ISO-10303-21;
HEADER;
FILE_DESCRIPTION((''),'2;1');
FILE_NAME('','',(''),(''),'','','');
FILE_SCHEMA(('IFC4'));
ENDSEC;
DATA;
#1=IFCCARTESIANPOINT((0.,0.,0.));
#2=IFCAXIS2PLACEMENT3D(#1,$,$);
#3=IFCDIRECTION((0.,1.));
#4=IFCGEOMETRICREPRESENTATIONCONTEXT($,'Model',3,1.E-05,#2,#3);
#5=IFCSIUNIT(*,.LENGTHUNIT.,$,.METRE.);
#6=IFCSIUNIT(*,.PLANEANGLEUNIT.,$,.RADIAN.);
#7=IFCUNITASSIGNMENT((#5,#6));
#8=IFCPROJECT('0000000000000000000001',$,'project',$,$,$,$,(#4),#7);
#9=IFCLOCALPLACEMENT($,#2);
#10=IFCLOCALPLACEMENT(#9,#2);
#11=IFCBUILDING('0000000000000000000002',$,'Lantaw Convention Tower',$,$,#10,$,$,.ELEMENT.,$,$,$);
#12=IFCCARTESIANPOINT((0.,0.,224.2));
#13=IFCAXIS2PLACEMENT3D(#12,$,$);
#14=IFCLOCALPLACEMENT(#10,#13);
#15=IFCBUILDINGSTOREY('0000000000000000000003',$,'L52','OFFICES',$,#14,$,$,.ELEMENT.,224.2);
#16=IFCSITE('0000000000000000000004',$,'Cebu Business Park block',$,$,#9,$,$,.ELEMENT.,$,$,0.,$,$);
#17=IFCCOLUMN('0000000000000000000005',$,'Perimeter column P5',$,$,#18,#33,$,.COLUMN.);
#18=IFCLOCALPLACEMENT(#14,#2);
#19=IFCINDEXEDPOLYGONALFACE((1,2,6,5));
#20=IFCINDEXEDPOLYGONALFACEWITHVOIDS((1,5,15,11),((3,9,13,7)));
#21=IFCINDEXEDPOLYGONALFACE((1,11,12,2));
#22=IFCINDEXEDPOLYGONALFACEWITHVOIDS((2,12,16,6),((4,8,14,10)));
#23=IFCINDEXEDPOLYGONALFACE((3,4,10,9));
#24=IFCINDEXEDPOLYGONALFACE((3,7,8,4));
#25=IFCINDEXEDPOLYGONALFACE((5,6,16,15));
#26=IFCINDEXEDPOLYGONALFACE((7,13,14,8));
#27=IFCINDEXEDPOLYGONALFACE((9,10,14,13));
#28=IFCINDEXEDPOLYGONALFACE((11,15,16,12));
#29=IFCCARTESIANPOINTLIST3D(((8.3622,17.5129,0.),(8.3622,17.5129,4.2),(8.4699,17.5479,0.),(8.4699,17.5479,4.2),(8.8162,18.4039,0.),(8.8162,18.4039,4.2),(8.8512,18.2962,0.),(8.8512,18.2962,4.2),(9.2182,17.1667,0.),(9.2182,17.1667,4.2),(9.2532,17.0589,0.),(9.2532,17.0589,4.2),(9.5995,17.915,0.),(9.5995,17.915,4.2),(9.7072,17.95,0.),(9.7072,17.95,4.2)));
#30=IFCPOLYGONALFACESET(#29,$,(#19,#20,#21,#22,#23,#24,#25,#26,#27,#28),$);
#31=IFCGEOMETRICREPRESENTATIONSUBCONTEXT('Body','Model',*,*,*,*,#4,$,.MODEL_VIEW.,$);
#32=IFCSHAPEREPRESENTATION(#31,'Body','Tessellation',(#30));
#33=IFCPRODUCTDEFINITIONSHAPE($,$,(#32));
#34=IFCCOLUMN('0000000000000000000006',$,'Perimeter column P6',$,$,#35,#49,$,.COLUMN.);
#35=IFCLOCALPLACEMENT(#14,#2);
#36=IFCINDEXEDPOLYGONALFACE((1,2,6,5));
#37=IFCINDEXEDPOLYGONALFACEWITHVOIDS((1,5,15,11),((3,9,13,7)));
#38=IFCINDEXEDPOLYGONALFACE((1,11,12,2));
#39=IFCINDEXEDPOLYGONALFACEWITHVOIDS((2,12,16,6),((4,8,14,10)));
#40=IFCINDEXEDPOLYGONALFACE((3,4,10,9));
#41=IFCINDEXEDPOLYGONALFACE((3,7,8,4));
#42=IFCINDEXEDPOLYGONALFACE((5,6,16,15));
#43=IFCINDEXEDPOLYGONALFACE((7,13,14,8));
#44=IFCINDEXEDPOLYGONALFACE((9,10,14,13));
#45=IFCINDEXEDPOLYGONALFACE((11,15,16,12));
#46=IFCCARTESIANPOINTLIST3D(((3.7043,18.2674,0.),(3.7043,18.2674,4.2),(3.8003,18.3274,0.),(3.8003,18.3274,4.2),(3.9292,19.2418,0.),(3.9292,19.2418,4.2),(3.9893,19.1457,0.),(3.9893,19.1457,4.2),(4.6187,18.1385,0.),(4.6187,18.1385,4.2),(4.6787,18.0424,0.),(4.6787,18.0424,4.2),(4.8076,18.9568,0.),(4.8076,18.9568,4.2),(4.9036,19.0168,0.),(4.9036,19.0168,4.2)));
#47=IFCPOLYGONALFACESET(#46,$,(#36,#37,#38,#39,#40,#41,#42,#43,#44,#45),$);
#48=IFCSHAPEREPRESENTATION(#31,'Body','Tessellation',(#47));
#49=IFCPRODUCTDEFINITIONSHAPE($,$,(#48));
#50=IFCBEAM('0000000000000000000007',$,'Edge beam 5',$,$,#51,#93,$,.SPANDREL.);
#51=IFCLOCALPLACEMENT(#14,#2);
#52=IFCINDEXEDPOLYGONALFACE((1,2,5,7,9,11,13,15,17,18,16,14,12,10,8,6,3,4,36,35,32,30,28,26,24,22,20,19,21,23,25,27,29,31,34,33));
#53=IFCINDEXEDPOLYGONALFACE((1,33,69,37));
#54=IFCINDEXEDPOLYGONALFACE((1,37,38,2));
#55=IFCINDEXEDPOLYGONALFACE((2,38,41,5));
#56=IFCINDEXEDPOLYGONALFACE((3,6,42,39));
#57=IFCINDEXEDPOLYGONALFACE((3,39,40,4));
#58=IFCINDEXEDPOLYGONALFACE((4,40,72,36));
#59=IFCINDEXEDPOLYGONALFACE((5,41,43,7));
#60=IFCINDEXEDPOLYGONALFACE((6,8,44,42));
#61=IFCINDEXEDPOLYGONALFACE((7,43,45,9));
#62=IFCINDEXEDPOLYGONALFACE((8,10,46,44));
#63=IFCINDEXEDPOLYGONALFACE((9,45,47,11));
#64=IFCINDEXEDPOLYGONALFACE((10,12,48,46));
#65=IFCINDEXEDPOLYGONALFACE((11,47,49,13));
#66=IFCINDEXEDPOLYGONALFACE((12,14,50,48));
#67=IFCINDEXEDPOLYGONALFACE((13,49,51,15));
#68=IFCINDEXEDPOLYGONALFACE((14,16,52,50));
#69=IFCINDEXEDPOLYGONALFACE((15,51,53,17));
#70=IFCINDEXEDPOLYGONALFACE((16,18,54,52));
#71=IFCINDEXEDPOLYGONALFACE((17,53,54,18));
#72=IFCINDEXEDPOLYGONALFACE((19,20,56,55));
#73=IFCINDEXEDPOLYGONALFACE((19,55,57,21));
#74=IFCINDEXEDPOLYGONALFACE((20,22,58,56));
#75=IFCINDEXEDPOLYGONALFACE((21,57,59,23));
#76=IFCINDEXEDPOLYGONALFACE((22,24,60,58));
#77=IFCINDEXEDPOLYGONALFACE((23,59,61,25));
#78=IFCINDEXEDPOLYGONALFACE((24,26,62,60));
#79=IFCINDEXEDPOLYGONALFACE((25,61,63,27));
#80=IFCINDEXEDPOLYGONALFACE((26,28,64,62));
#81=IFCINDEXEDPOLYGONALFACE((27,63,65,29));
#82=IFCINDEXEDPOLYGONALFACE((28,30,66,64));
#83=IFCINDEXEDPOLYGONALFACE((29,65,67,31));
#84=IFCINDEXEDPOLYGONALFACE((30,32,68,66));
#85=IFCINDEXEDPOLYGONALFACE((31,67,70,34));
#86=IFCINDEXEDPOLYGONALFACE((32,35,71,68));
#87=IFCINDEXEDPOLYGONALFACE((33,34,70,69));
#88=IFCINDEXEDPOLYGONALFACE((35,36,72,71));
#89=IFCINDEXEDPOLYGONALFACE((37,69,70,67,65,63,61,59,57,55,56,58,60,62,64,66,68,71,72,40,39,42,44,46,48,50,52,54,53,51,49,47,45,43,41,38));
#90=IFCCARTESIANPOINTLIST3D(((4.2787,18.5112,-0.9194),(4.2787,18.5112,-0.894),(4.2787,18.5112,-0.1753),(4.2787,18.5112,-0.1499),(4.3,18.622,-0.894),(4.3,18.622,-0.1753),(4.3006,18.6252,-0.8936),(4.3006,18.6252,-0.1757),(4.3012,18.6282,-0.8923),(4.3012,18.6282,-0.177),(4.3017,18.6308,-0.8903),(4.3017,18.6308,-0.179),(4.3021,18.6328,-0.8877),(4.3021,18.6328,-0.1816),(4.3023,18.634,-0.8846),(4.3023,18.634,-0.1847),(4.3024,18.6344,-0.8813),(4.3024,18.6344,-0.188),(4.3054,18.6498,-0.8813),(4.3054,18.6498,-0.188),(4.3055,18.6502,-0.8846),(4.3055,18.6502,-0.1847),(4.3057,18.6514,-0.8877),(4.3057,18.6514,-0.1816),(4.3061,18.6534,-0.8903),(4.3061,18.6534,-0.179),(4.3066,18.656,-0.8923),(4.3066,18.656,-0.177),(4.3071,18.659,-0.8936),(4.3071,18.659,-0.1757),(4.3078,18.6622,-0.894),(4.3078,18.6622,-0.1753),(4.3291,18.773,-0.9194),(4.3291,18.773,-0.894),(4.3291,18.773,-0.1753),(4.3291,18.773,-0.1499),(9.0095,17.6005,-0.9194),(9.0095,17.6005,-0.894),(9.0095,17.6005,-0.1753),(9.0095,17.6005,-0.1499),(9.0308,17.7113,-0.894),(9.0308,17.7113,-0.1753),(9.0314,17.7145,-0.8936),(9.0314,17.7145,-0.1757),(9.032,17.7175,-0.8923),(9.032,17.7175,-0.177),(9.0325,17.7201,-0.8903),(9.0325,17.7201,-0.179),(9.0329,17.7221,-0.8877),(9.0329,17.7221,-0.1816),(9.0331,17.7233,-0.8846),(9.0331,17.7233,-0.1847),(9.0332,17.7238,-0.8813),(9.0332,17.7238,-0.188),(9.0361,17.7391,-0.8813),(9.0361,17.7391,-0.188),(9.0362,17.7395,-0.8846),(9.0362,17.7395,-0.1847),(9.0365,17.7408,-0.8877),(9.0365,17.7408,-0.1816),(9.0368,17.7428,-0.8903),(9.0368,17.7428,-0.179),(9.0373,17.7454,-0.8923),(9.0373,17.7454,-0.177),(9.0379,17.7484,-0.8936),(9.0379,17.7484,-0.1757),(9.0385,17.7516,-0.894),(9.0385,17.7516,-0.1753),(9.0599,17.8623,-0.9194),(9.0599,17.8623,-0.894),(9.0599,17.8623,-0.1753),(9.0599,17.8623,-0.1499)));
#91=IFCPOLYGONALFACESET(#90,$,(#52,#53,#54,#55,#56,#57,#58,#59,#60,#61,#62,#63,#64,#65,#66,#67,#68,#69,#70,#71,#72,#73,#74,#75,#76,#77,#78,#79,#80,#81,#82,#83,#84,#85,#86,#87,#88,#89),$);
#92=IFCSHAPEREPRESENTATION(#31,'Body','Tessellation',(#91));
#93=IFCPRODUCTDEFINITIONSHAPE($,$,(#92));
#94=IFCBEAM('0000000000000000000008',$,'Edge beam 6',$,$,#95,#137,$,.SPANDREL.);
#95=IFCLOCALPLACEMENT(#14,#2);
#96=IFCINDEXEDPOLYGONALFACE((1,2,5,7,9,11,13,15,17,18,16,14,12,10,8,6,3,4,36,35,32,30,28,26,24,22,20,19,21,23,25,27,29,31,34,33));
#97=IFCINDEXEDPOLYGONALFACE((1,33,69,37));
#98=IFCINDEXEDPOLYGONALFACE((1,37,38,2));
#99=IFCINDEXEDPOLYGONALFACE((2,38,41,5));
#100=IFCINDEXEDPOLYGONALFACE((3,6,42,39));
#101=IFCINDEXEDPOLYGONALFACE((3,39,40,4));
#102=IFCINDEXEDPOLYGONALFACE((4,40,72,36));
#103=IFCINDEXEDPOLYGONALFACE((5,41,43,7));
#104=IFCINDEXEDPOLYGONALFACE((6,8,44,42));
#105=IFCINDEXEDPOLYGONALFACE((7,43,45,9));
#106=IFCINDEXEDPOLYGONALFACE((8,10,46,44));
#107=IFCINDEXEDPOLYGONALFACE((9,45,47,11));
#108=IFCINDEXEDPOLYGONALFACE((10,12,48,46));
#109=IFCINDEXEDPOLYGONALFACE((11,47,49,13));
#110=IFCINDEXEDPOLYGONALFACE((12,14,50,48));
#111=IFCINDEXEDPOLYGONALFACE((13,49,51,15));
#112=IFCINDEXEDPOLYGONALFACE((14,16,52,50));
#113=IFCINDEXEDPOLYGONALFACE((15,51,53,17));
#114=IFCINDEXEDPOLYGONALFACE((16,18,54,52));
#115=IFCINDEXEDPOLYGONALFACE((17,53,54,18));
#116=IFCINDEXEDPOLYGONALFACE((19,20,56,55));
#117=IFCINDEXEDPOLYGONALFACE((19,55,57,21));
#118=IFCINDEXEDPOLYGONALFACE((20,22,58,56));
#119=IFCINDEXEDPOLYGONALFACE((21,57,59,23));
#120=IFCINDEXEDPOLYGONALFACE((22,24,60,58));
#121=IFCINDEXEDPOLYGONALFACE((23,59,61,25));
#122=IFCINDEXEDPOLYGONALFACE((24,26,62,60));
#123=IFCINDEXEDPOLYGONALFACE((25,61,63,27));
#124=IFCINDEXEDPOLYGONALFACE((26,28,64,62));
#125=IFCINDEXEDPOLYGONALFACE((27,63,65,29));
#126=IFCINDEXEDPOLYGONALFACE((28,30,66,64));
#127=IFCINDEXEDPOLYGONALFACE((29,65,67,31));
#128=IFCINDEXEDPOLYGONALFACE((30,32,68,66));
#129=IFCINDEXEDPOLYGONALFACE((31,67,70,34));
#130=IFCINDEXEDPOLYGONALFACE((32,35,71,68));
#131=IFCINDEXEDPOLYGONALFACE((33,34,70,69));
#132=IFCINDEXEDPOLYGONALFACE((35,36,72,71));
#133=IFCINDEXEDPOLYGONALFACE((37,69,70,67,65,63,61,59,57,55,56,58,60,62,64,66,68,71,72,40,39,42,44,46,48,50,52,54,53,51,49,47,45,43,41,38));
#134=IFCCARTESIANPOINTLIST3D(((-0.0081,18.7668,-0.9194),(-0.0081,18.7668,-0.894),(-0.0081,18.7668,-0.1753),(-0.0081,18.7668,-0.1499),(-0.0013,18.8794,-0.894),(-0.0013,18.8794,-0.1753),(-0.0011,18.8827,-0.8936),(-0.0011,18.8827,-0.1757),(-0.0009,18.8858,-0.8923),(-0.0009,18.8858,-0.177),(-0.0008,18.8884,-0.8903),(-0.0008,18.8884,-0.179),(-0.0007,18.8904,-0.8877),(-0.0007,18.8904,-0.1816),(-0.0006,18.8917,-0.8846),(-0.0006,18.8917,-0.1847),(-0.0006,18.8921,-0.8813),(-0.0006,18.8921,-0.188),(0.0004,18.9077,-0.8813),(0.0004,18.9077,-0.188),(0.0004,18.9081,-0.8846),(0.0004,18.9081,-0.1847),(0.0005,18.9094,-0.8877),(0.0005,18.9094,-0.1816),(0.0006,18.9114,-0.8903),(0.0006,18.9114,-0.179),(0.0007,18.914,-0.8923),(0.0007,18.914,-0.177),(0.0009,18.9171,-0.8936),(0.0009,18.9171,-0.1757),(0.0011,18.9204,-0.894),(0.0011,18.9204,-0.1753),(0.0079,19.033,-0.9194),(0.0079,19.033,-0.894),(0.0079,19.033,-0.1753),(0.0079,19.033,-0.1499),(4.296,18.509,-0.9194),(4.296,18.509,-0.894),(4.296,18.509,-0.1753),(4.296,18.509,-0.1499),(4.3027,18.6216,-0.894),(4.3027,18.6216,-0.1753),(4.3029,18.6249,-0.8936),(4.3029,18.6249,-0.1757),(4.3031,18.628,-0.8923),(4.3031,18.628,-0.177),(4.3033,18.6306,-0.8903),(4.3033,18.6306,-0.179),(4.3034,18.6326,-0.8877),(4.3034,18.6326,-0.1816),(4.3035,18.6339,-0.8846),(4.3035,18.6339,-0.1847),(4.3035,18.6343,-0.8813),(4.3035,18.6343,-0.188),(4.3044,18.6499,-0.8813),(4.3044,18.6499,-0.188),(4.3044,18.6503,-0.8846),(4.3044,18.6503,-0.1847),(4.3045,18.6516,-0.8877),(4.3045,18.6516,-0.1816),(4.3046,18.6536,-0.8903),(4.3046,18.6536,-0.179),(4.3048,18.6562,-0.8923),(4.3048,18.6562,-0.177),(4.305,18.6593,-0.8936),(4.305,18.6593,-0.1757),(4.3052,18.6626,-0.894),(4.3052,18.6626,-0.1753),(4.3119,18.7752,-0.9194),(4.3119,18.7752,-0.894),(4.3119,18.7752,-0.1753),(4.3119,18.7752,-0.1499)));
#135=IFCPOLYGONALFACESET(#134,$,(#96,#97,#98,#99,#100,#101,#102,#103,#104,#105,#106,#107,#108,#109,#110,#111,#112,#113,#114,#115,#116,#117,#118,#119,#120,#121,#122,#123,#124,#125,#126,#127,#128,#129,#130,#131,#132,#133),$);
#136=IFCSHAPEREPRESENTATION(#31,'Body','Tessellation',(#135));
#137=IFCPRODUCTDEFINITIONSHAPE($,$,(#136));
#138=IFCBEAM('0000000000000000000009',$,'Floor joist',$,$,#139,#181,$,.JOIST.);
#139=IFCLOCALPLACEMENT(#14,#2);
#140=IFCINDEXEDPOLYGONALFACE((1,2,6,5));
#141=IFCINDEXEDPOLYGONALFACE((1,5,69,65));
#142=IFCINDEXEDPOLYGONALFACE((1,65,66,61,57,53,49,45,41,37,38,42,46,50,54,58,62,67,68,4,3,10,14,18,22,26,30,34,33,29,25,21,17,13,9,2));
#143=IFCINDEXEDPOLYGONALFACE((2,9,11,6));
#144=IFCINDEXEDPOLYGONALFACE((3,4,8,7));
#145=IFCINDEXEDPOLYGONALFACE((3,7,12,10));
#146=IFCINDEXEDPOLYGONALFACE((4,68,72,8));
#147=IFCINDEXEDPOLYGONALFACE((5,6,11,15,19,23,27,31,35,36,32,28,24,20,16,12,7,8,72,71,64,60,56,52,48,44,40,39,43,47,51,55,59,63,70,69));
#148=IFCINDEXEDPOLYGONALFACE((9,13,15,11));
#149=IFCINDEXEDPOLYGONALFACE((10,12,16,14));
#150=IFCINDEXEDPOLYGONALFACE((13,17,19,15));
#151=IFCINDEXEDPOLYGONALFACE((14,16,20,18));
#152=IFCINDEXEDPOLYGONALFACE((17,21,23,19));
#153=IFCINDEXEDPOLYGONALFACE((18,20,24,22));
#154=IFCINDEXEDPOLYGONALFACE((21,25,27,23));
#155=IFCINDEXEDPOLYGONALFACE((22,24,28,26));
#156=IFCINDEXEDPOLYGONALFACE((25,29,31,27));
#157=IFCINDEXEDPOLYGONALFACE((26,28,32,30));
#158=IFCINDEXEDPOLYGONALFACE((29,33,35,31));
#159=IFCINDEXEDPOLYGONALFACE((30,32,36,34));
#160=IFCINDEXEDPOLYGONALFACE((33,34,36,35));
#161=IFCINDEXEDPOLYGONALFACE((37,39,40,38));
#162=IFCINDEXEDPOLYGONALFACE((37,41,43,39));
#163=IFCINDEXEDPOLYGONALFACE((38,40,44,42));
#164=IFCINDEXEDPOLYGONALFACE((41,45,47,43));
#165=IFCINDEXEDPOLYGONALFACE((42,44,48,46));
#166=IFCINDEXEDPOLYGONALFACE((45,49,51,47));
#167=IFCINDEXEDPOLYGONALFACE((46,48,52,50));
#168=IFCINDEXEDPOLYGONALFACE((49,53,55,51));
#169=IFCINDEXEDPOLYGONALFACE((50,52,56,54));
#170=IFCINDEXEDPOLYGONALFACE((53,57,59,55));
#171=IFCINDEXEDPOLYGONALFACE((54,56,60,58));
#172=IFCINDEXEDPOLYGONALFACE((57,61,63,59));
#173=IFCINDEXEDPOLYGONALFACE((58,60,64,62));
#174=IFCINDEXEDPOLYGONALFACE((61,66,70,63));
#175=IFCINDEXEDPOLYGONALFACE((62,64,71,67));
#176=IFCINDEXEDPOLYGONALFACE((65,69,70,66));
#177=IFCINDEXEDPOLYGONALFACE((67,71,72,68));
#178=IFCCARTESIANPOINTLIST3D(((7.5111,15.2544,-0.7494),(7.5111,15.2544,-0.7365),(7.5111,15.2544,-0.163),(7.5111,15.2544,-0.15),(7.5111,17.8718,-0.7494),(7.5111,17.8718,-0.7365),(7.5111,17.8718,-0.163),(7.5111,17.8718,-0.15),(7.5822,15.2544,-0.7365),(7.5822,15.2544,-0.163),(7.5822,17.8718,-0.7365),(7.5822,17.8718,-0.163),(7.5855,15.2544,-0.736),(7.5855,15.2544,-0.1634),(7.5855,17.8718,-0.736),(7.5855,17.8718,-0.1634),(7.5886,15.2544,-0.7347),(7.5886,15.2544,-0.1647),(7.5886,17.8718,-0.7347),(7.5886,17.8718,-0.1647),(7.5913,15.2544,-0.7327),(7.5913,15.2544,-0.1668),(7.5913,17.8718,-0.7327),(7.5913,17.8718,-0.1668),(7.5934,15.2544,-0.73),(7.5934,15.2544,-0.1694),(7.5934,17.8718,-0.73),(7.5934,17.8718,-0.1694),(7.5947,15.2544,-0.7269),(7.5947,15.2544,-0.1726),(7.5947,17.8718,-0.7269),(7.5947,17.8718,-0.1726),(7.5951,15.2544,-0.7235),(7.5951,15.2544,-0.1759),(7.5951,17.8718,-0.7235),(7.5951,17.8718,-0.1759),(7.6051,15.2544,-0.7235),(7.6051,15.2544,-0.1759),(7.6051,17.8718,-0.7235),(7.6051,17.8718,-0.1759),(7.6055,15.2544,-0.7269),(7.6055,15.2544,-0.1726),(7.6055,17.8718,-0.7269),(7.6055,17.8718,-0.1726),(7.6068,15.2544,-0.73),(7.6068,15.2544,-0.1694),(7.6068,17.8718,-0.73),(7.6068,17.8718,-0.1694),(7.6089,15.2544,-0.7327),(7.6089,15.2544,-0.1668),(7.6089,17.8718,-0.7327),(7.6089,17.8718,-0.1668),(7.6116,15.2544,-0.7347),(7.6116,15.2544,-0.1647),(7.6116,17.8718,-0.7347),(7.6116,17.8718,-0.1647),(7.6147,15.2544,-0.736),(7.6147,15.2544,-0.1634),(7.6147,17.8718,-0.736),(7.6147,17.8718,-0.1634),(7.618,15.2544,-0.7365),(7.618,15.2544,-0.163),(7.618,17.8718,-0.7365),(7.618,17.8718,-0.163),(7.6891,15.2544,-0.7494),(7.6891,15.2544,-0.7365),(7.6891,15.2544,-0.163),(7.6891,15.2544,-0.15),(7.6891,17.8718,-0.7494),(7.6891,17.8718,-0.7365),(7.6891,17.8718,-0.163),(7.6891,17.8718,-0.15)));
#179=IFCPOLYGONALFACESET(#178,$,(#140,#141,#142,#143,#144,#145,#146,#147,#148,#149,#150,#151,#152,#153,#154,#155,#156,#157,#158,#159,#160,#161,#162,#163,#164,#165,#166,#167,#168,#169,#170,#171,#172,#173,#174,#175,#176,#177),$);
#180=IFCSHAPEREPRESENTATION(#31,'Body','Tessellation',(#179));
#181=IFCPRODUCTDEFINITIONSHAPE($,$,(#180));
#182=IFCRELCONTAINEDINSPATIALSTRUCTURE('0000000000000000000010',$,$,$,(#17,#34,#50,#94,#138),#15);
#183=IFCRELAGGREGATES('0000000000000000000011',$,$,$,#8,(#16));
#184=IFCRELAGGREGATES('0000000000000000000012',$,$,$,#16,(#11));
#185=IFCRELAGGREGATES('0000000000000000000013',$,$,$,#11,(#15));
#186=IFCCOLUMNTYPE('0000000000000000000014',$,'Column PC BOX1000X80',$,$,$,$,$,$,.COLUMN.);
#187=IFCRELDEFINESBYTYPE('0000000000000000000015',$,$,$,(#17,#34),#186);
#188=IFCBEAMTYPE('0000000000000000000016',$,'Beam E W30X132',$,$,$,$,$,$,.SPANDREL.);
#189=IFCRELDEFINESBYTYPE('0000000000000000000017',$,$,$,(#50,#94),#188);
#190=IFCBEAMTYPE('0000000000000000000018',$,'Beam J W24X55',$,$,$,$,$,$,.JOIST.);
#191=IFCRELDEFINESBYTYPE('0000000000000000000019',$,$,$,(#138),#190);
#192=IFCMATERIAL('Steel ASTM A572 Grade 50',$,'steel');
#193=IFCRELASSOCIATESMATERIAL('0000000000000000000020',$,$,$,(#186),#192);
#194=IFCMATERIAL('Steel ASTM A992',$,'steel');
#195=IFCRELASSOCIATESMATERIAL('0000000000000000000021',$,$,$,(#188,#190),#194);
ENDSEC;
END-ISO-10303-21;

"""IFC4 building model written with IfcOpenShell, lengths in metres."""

from ifc_helpers import new_model, si_unit, direction, frame, origin, origin_2d, place, context, subcontext, project, spatial, rectangle, hollow_rectangle, i_section, extrude, material, material_profile, profile_set, type_object, element, save


model = new_model("IFC4")

# Units and contexts
model_context = context("Model", 3, precision=1e-05, world=origin(), true_north=direction((0.0, 1.0)))
body_context = subcontext(model_context, "Body", "Model", "MODEL_VIEW")
ifc_project = project(units=[si_unit("LENGTHUNIT", "METRE"), si_unit("PLANEANGLEUNIT", "RADIAN")], contexts=[model_context])

# Site, building, storey
site_placement = place(None, origin())
site = spatial("IfcSite", under=ifc_project, at=site_placement, Name="Cebu Business Park block", CompositionType="ELEMENT", RefElevation=0.0)
building_placement = place(site_placement, origin())
building = spatial("IfcBuilding", under=site, at=building_placement, Name="Lantaw Convention Tower", CompositionType="ELEMENT")
storey_placement = place(building_placement, frame((0.0, 0.0, 224.2)))
storey = spatial("IfcBuildingStorey", under=building, at=storey_placement, Name="L52", Description="OFFICES", CompositionType="ELEMENT", Elevation=224.2)

# Columns
ifc_material_1 = material(Name="Steel ASTM A572 Grade 50", Category="steel")
ifc_material_profile_1 = material_profile(ifc_material_1, hollow_rectangle(XDim=1.0, YDim=1.0, WallThickness=0.0801, at=origin_2d()), Name="BOX1000X80")
ifc_material_2 = material(Name="Concrete C60/75", Category="concrete")
ifc_material_profile_2 = material_profile(ifc_material_2, rectangle(XDim=0.8401, YDim=0.8401, at=origin_2d()), Name="Concrete fill of BOX1000X80")
ifc_profile_set_1 = profile_set([ifc_material_profile_1, ifc_material_profile_2], Name="Steel ASTM A572 Grade 50")
column_type = type_object("IfcColumnType", Name="Column PC BOX1000X80", PredefinedType="COLUMN", material=ifc_profile_set_1)
for number, where, z_axis, x_axis, name in (
    (1, (9.0347, 17.7314, 0.0), (0.0, 0.0, 1.0), (0.45399, 0.891007, 0.0), "Perimeter column P5"),
    (2, (4.304, 18.6421, 0.0), (0.0, 0.0, 1.0), (0.224951, 0.97437, 0.0), "Perimeter column P6"),
):
    element("IfcColumn", number, at=place(storey_placement, frame(where, z_axis=z_axis, x_axis=x_axis)), inside=storey, type_object=column_type, Name=name, PredefinedType="COLUMN", context=body_context, shape_type="SweptSolid", body=[
        extrude(hollow_rectangle(XDim=1.0, YDim=1.0, WallThickness=0.0801, at=origin_2d()), origin(), (0.0, 0.0, 1.0), 4.2),
    ])

# Beams
ifc_material_3 = material(Name="Steel ASTM A992", Category="steel")
ifc_material_profile_3 = material_profile(ifc_material_3, i_section(OverallWidth=0.2666, OverallDepth=0.7695, WebThickness=0.0156, FlangeThickness=0.0254, FilletRadius=0.0127, at=origin_2d()), Name="W30X132")
ifc_profile_set_2 = profile_set([ifc_material_profile_3], Name="Steel ASTM A992")
beam_type_1 = type_object("IfcBeamType", Name="Beam E W30X132", PredefinedType="SPANDREL", material=ifc_profile_set_2)
beam_1_placement = place(storey_placement, frame((9.0347, 17.7314, -0.5347), z_axis=(-0.981972, 0.189026, 0.0), x_axis=(-0.189026, -0.981972, 0.0)))
element("IfcBeam", 3, at=beam_1_placement, inside=storey, type_object=beam_type_1, Name="Edge beam 5", PredefinedType="SPANDREL", context=body_context, shape_type="SweptSolid", body=[
    extrude(i_section(OverallWidth=0.2666, OverallDepth=0.7695, WebThickness=0.0156, FlangeThickness=0.0254, FilletRadius=0.0127, at=origin_2d()), origin(), (0.0, 0.0, 1.0), 4.8176),
])
beam_2_placement = place(storey_placement, frame((4.304, 18.6421, -0.5347), z_axis=(-0.998211, 0.059794, 0.0), x_axis=(-0.059794, -0.998211, 0.0)))
element("IfcBeam", 4, at=beam_2_placement, inside=storey, type_object=beam_type_1, Name="Edge beam 6", PredefinedType="SPANDREL", context=body_context, shape_type="SweptSolid", body=[
    extrude(i_section(OverallWidth=0.2666, OverallDepth=0.7695, WebThickness=0.0156, FlangeThickness=0.0254, FilletRadius=0.0127, at=origin_2d()), origin(), (0.0, 0.0, 1.0), 4.3118),
])
ifc_material_profile_4 = material_profile(ifc_material_3, i_section(OverallWidth=0.178, OverallDepth=0.5994, WebThickness=0.01, FlangeThickness=0.0129, FilletRadius=0.0129, at=origin_2d()), Name="W24X55")
ifc_profile_set_3 = profile_set([ifc_material_profile_4], Name="Steel ASTM A992")
beam_type_2 = type_object("IfcBeamType", Name="Beam J W24X55", PredefinedType="JOIST", material=ifc_profile_set_3)
beam_3_placement = place(storey_placement, frame((7.6001, 15.2544, -0.4497), z_axis=(0.0, 1.0, 0.0), x_axis=(-1.0, 0.0, 0.0)))
element("IfcBeam", 5, at=beam_3_placement, inside=storey, type_object=beam_type_2, Name="Floor joist", PredefinedType="JOIST", context=body_context, shape_type="SweptSolid", body=[
    extrude(i_section(OverallWidth=0.178, OverallDepth=0.5994, WebThickness=0.01, FlangeThickness=0.0129, FilletRadius=0.0129, at=origin_2d()), origin(), (0.0, 0.0, 1.0), 2.6174),
])

save(model, "model.ifc")
